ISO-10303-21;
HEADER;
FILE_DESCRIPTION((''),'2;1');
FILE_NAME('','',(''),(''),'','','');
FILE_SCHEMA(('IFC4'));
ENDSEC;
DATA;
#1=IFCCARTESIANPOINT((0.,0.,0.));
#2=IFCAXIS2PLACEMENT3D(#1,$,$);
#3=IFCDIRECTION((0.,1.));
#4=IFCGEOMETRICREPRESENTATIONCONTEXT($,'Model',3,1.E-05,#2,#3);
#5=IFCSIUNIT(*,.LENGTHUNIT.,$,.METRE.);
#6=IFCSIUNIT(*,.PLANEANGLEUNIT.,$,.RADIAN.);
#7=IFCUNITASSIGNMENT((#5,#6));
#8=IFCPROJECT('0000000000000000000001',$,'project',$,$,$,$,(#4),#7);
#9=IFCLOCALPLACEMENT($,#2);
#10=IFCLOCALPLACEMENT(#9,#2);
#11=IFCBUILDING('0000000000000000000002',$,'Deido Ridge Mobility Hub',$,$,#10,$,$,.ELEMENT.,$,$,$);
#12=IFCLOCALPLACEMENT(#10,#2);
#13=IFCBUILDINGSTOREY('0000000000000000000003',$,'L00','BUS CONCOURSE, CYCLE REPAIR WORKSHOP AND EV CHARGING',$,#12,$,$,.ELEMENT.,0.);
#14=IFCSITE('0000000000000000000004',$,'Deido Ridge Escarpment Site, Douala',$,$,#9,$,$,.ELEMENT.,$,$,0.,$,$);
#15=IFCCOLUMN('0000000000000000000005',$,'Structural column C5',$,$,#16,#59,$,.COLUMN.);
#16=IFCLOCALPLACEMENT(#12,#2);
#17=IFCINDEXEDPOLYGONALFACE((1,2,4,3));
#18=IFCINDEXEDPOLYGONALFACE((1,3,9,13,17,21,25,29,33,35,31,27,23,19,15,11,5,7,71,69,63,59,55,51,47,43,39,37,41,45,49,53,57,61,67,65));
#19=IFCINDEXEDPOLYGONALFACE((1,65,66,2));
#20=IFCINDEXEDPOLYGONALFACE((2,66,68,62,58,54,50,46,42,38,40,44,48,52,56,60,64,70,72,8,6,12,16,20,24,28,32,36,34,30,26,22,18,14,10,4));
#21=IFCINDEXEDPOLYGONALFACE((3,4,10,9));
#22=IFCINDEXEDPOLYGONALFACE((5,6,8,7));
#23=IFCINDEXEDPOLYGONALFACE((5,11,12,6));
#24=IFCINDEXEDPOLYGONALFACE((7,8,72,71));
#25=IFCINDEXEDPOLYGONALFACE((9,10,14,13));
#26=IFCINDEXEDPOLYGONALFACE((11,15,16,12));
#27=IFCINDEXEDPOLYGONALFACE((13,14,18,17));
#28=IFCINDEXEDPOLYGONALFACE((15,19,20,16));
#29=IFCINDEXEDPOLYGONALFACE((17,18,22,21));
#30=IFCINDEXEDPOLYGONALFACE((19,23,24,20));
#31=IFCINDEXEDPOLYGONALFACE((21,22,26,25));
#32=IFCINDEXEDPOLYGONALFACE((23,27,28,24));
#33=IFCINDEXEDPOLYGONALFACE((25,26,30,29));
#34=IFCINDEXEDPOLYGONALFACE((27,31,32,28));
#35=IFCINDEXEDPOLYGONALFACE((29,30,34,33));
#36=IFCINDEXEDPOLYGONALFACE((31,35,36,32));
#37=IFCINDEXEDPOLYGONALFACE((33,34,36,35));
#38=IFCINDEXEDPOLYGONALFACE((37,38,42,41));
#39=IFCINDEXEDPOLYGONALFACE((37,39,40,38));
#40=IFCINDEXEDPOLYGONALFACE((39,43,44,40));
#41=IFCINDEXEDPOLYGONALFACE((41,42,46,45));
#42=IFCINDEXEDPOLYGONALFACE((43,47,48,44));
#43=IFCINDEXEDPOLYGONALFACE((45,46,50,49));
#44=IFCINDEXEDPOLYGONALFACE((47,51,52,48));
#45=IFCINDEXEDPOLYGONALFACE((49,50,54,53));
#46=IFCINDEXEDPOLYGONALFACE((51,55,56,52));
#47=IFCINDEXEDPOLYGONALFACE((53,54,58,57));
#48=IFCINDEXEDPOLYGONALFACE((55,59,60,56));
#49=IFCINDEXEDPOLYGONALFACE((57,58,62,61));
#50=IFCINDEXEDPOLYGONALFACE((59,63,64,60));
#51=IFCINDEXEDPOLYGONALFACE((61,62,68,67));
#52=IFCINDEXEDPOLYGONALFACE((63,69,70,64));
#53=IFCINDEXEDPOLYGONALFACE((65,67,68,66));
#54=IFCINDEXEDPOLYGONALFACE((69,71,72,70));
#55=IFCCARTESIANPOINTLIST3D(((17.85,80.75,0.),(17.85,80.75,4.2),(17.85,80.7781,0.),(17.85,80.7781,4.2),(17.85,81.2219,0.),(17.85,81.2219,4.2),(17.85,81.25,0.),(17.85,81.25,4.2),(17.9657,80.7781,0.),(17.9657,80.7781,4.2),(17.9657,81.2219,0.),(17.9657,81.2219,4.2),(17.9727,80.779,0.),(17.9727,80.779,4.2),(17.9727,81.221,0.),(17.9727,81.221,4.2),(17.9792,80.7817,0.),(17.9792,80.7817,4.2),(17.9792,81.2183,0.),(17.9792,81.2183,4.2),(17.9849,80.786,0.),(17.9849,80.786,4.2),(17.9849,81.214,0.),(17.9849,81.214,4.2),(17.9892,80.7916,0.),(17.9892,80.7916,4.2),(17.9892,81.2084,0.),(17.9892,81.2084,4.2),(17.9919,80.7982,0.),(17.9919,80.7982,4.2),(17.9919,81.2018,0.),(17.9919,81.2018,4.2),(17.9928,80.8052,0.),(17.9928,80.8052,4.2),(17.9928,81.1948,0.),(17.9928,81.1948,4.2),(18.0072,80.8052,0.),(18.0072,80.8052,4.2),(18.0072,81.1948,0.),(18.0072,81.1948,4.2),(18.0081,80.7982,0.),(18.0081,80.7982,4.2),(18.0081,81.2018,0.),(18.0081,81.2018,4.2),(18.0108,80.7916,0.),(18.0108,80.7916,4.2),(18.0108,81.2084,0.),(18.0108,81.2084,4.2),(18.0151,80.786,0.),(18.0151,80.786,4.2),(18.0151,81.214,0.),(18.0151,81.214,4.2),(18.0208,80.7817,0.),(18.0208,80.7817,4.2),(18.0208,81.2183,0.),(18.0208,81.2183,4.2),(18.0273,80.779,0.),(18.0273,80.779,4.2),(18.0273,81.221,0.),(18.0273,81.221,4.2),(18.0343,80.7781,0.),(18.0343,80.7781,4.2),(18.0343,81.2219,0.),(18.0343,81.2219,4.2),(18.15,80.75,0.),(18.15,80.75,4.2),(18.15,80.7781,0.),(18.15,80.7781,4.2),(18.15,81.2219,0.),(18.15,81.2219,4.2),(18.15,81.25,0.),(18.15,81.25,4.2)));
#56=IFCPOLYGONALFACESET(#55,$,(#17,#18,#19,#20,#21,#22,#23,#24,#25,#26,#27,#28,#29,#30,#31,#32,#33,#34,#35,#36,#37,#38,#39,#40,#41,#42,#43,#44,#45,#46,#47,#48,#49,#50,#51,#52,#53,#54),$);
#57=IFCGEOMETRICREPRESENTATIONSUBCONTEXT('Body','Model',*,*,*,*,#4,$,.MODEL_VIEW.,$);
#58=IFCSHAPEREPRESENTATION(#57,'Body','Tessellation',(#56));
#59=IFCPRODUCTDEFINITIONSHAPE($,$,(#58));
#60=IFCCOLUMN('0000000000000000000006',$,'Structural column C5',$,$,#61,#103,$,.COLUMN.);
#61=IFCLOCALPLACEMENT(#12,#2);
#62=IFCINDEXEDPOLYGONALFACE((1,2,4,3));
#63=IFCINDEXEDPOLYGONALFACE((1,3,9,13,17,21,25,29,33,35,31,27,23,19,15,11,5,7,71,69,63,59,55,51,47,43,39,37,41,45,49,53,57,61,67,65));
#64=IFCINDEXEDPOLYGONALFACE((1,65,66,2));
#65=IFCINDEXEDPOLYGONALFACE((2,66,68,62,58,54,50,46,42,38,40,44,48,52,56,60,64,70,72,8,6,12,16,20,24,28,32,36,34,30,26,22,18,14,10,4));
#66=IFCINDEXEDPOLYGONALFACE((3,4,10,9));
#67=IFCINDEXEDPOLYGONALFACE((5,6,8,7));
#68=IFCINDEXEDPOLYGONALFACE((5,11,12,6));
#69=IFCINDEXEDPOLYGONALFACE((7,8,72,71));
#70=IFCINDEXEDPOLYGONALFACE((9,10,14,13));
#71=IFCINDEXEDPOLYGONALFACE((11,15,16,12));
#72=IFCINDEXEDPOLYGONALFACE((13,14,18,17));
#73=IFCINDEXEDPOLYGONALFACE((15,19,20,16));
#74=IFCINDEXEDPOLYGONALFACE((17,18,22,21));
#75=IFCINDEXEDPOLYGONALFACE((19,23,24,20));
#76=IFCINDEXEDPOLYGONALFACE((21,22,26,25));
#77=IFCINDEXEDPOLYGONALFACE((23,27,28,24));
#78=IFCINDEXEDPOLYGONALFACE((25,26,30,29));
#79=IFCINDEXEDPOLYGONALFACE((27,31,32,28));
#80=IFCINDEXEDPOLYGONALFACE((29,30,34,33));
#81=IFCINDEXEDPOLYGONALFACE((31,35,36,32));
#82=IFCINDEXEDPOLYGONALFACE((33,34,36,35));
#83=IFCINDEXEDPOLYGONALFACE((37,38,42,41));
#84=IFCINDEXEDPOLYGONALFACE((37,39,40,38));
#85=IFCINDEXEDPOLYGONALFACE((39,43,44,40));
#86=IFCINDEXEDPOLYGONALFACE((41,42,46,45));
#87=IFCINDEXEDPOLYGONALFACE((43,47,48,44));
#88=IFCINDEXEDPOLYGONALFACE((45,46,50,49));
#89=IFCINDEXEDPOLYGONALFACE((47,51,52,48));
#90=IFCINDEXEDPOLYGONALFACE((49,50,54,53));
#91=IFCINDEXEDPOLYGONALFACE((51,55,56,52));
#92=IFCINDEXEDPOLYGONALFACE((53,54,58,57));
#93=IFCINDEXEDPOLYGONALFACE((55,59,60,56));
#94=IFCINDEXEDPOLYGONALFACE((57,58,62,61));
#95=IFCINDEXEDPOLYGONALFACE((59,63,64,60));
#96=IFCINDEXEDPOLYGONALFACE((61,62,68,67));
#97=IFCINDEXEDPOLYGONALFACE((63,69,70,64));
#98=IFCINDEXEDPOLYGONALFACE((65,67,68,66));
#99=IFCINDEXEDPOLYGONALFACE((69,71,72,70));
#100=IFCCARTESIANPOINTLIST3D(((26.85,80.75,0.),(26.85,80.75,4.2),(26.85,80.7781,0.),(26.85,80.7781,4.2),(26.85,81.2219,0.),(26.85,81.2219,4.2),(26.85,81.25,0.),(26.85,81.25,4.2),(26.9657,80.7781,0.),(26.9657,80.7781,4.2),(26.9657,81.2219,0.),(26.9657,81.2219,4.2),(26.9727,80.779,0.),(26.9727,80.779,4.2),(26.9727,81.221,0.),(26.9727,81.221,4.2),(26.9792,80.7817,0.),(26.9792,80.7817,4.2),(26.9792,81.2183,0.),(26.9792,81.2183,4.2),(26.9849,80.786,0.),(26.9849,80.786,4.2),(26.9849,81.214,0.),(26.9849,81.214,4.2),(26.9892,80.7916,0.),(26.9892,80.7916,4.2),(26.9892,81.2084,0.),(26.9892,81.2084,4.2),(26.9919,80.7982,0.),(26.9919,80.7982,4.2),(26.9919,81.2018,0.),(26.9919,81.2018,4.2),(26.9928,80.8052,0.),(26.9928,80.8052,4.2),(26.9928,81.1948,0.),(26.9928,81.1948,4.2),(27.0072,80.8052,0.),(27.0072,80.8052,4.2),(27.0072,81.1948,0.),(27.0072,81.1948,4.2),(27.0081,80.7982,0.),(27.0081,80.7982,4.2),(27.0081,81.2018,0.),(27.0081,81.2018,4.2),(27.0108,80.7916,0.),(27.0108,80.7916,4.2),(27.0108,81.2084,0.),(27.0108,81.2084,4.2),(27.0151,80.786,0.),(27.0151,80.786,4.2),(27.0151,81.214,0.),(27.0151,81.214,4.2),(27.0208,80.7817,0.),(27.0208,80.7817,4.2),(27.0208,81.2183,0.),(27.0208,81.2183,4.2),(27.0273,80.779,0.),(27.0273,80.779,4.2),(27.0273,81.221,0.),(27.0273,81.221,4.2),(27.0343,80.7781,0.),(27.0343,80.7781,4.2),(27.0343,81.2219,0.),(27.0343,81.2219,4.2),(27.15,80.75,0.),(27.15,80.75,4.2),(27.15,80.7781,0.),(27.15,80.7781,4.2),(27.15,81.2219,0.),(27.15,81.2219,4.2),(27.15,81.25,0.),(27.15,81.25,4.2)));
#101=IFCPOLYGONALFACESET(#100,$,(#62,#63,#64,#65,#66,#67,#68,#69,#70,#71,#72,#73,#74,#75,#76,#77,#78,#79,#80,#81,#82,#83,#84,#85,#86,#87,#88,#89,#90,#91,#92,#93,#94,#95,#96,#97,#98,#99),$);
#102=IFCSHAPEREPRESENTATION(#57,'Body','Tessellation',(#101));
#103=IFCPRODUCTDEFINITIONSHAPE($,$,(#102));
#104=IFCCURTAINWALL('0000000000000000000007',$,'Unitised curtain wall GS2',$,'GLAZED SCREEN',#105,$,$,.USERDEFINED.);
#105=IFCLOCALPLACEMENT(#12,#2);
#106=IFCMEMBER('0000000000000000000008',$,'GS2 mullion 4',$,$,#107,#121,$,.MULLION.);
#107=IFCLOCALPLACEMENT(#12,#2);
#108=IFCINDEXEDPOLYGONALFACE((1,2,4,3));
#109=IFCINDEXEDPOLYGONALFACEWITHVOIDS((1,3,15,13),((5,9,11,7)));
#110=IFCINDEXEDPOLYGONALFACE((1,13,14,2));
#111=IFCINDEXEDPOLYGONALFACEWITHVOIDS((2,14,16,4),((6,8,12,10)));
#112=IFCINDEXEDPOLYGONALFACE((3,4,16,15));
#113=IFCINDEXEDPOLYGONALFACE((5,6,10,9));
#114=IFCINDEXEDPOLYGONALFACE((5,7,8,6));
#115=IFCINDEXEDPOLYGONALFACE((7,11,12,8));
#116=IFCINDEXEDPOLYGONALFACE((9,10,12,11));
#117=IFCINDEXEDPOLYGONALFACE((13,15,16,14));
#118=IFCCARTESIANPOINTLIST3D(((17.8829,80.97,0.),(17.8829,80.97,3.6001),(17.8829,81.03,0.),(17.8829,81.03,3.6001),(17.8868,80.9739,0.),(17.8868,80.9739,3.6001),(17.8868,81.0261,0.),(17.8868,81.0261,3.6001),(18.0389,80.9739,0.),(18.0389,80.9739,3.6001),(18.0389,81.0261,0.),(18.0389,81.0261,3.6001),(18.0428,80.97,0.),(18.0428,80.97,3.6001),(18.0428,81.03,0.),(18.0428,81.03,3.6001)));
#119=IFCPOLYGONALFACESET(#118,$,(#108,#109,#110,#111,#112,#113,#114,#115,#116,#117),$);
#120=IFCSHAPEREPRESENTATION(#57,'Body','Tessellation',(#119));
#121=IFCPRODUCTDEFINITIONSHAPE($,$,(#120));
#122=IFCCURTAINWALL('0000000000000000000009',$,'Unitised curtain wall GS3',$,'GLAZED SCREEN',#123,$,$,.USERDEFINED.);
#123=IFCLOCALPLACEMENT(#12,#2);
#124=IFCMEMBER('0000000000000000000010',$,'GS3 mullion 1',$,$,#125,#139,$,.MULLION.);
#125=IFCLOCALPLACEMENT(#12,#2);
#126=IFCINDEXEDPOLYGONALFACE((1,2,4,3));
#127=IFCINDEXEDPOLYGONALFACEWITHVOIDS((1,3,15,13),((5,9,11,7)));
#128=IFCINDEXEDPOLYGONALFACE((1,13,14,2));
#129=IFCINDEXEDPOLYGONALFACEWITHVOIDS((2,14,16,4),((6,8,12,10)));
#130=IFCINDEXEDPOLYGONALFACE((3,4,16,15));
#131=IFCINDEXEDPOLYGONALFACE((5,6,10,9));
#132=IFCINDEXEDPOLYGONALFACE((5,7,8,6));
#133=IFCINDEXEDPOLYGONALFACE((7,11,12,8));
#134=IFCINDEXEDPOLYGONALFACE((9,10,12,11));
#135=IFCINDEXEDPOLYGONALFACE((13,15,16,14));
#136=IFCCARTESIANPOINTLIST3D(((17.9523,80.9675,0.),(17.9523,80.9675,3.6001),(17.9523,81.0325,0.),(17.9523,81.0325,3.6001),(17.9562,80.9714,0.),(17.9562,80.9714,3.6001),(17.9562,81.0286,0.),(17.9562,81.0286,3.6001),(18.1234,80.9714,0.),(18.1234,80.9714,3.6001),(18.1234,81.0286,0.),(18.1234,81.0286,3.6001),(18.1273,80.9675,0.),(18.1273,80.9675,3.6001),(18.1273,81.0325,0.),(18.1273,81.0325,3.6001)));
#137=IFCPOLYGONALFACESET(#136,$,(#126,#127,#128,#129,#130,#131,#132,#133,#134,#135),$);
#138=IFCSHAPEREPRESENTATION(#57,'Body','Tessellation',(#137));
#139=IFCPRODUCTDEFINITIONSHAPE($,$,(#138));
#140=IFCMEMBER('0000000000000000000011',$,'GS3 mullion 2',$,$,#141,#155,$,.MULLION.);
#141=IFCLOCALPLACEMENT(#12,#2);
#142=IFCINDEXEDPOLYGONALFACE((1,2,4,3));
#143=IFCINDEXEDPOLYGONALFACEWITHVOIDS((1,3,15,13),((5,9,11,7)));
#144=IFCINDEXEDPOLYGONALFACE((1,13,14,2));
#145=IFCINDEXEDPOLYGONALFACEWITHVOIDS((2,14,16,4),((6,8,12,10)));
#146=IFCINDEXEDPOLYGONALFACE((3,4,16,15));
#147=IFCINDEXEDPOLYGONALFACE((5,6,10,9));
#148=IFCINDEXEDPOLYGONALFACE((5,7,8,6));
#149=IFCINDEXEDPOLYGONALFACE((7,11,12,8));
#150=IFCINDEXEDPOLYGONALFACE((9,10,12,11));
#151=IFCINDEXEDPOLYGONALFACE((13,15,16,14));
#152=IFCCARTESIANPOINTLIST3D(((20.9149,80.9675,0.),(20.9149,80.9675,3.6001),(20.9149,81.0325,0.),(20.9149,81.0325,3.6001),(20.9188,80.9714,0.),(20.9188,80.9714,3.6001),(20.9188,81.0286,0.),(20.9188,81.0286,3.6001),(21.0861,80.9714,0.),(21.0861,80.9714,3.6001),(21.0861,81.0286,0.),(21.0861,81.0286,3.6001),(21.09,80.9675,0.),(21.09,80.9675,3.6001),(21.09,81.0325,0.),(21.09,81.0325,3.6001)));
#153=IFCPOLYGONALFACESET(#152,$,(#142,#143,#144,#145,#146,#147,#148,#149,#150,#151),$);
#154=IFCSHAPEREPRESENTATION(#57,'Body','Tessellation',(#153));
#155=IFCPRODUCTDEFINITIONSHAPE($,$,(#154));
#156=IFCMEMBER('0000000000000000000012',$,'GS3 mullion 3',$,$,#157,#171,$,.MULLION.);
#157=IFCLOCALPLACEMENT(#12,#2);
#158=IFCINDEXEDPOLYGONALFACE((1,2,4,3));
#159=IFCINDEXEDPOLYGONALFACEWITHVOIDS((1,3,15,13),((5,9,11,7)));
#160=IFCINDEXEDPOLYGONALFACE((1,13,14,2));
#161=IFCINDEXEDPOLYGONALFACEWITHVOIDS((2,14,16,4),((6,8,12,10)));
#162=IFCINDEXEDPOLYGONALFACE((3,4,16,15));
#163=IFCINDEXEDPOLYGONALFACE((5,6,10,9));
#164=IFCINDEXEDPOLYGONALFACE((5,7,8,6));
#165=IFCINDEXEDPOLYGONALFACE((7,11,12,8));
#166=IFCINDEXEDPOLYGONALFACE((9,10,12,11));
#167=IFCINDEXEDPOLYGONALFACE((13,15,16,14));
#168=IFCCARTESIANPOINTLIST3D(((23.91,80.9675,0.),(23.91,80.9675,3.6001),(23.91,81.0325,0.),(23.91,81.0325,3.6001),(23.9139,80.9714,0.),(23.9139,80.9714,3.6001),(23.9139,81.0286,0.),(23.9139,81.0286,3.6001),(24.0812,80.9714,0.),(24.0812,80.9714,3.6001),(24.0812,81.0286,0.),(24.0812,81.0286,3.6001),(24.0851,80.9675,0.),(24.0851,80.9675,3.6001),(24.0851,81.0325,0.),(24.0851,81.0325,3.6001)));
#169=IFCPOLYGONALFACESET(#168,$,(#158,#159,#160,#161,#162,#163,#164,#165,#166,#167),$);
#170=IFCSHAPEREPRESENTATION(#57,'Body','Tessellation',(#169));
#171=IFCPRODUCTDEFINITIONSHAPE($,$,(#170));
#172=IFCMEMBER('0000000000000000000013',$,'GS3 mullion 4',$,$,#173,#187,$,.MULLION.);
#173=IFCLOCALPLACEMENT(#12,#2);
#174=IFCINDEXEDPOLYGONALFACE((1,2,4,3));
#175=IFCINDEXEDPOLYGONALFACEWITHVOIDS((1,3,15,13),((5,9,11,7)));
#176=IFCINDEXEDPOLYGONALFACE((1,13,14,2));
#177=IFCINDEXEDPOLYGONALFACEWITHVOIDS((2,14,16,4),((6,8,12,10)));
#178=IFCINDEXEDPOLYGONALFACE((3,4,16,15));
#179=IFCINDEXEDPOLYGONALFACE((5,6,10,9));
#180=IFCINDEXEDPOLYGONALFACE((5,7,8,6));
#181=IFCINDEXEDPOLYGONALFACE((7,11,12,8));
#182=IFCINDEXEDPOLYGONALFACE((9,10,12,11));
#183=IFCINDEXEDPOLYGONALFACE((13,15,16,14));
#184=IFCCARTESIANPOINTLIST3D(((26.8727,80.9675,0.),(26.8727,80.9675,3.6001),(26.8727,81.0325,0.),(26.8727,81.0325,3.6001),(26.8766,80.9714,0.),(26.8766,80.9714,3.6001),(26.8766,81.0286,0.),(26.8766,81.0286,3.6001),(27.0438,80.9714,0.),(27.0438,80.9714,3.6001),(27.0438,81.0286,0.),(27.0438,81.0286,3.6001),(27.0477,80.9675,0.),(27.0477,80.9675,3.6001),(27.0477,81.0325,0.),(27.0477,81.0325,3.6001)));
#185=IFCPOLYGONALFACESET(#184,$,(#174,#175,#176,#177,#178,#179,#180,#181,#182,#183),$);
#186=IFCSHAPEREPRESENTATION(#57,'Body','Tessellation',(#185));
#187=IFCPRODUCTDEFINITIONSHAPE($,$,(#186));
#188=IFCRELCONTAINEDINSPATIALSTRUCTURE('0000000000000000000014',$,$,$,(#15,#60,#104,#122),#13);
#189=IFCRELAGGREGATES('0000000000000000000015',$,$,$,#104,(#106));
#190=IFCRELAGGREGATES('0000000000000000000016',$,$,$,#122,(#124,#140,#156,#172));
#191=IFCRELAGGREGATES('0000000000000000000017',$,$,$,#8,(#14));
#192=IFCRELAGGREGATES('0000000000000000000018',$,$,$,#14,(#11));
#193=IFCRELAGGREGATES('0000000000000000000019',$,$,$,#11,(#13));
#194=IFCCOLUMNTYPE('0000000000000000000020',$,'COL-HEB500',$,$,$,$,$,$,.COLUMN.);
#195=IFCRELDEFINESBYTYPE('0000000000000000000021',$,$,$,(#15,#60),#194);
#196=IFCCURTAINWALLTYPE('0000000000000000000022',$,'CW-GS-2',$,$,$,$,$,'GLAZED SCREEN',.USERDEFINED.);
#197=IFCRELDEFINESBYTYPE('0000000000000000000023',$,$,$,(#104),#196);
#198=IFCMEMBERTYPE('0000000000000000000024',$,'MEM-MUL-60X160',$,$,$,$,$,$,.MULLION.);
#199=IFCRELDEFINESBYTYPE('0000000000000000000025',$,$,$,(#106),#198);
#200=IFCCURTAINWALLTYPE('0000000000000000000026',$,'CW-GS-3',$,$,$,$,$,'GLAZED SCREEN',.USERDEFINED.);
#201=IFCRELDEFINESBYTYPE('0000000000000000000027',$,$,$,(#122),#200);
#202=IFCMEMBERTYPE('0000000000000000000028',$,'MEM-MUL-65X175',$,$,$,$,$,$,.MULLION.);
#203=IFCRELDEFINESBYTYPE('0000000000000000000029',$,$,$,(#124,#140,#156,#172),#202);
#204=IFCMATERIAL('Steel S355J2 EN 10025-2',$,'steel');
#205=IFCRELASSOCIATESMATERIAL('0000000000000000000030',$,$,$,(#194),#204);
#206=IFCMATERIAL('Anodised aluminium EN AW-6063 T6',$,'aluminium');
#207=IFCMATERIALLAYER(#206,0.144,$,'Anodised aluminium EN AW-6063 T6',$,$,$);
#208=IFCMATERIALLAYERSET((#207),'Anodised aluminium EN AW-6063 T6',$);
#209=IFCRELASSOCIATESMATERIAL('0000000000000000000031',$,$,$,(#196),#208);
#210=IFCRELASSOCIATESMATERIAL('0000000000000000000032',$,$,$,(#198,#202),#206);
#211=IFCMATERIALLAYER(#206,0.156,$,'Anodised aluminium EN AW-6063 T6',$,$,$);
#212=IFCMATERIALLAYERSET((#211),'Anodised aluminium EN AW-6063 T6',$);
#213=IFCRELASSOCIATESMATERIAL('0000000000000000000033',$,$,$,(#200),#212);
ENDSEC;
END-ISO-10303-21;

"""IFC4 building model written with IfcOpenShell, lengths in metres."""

from ifc_helpers import new_model, si_unit, direction, frame, origin, origin_2d, place, context, subcontext, project, spatial, hollow_rectangle, i_section, extrude, material, layer, layer_set, material_profile, profile_set, type_object, element, aggregate, save


model = new_model("IFC4")

# Units and contexts
model_context = context("Model", 3, precision=1e-05, world=origin(), true_north=direction((0.0, 1.0)))
body_context = subcontext(model_context, "Body", "Model", "MODEL_VIEW")
ifc_project = project(units=[si_unit("LENGTHUNIT", "METRE"), si_unit("PLANEANGLEUNIT", "RADIAN")], contexts=[model_context])

# Site, building, storey
site_placement = place(None, origin())
site = spatial("IfcSite", under=ifc_project, at=site_placement, Name="Deido Ridge Escarpment Site, Douala", CompositionType="ELEMENT", RefElevation=0.0)
building_placement = place(site_placement, origin())
building = spatial("IfcBuilding", under=site, at=building_placement, Name="Deido Ridge Mobility Hub", CompositionType="ELEMENT")
storey_placement = place(building_placement, origin())
storey = spatial("IfcBuildingStorey", under=building, at=storey_placement, Name="L00", Description="BUS CONCOURSE, CYCLE REPAIR WORKSHOP AND EV CHARGING", CompositionType="ELEMENT", Elevation=0.0)

# Columns
ifc_material_1 = material(Name="Steel S355J2 EN 10025-2", Category="steel")
ifc_material_profile_1 = material_profile(ifc_material_1, i_section(OverallWidth=0.3, OverallDepth=0.5, WebThickness=0.0144, FlangeThickness=0.0281, FilletRadius=0.0271, at=origin_2d()), Name="HEB 500")
ifc_profile_set_1 = profile_set([ifc_material_profile_1], Name="Steel S355J2 EN 10025-2")
column_type = type_object("IfcColumnType", Name="COL-HEB500", PredefinedType="COLUMN", material=ifc_profile_set_1)
for number, where, z_axis, x_axis, name in (
    (1, (18.0, 81.0, 0.0), (0.0, 0.0, 1.0), (1.0, 0.0, 0.0), "Structural column C5"),
    (2, (27.0, 81.0, 0.0), (0.0, 0.0, 1.0), (1.0, 0.0, 0.0), "Structural column C5"),
):
    element("IfcColumn", number, at=place(storey_placement, frame(where, z_axis=z_axis, x_axis=x_axis)), inside=storey, type_object=column_type, Name=name, PredefinedType="COLUMN", context=body_context, shape_type="SweptSolid", body=[
        extrude(i_section(OverallWidth=0.3, OverallDepth=0.5, WebThickness=0.0144, FlangeThickness=0.0281, FilletRadius=0.0271, at=origin_2d()), origin(), (0.0, 0.0, 1.0), 4.2),
    ])

# Curtain wall, member
ifc_material_2 = material(Name="Anodised aluminium EN AW-6063 T6", Category="aluminium")
ifc_layer_1 = layer(ifc_material_2, 0.144, Name="Anodised aluminium EN AW-6063 T6")
ifc_layer_set_1 = layer_set([ifc_layer_1], Name="Anodised aluminium EN AW-6063 T6")
curtain_wall_type_1 = type_object("IfcCurtainWallType", Name="CW-GS-2", ElementType="GLAZED SCREEN", PredefinedType="USERDEFINED", material=ifc_layer_set_1)
curtain_wall_1_placement = place(storey_placement, origin())
curtain_wall_1 = element("IfcCurtainWall", 3, at=curtain_wall_1_placement, inside=storey, type_object=curtain_wall_type_1, Name="Unitised curtain wall GS2", ObjectType="GLAZED SCREEN", PredefinedType="USERDEFINED")
ifc_material_profile_2 = material_profile(ifc_material_2, hollow_rectangle(XDim=0.0601, YDim=0.1599, WallThickness=0.0039, at=origin_2d()), Name="RHS 60x160x4")
ifc_profile_set_2 = profile_set([ifc_material_profile_2], Name="Anodised aluminium EN AW-6063 T6")
member_type_1 = type_object("IfcMemberType", Name="MEM-MUL-60X160", PredefinedType="MULLION", material=ifc_profile_set_2)
member_1_placement = place(storey_placement, frame((17.9629, 81.0, 0.0), z_axis=(0.0, 0.0, 1.0), x_axis=(0.0, 1.0, 0.0)))
member_1 = element("IfcMember", 4, at=member_1_placement, type_object=member_type_1, Name="GS2 mullion 4", PredefinedType="MULLION", context=body_context, shape_type="SweptSolid", body=[
    extrude(hollow_rectangle(XDim=0.0601, YDim=0.1599, WallThickness=0.0039, at=origin_2d()), origin(), (0.0, 0.0, 1.0), 3.6001),
])
aggregate(curtain_wall_1, [member_1])

# Curtain wall, members
ifc_layer_2 = layer(ifc_material_2, 0.156, Name="Anodised aluminium EN AW-6063 T6")
ifc_layer_set_2 = layer_set([ifc_layer_2], Name="Anodised aluminium EN AW-6063 T6")
curtain_wall_type_2 = type_object("IfcCurtainWallType", Name="CW-GS-3", ElementType="GLAZED SCREEN", PredefinedType="USERDEFINED", material=ifc_layer_set_2)
curtain_wall_2_placement = place(storey_placement, origin())
curtain_wall_2 = element("IfcCurtainWall", 5, at=curtain_wall_2_placement, inside=storey, type_object=curtain_wall_type_2, Name="Unitised curtain wall GS3", ObjectType="GLAZED SCREEN", PredefinedType="USERDEFINED")
ifc_material_profile_3 = material_profile(ifc_material_2, hollow_rectangle(XDim=0.0649, YDim=0.175, WallThickness=0.0039, at=origin_2d()), Name="RHS 65x175x4")
ifc_profile_set_3 = profile_set([ifc_material_profile_3], Name="Anodised aluminium EN AW-6063 T6")
member_type_2 = type_object("IfcMemberType", Name="MEM-MUL-65X175", PredefinedType="MULLION", material=ifc_profile_set_3)
member_2_placement = place(storey_placement, frame((18.0398, 81.0, 0.0), z_axis=(0.0, 0.0, 1.0), x_axis=(0.0, 1.0, 0.0)))
member_2 = element("IfcMember", 6, at=member_2_placement, type_object=member_type_2, Name="GS3 mullion 1", PredefinedType="MULLION", context=body_context, shape_type="SweptSolid", body=[
    extrude(hollow_rectangle(XDim=0.0649, YDim=0.175, WallThickness=0.0039, at=origin_2d()), origin(), (0.0, 0.0, 1.0), 3.6001),
])
member_3_placement = place(storey_placement, frame((21.0024, 81.0, 0.0), z_axis=(0.0, 0.0, 1.0), x_axis=(0.0, 1.0, 0.0)))
member_3 = element("IfcMember", 7, at=member_3_placement, type_object=member_type_2, Name="GS3 mullion 2", PredefinedType="MULLION", context=body_context, shape_type="SweptSolid", body=[
    extrude(hollow_rectangle(XDim=0.0649, YDim=0.175, WallThickness=0.0039, at=origin_2d()), origin(), (0.0, 0.0, 1.0), 3.6001),
])
member_4_placement = place(storey_placement, frame((23.9976, 81.0, 0.0), z_axis=(0.0, 0.0, 1.0), x_axis=(0.0, 1.0, 0.0)))
member_4 = element("IfcMember", 8, at=member_4_placement, type_object=member_type_2, Name="GS3 mullion 3", PredefinedType="MULLION", context=body_context, shape_type="SweptSolid", body=[
    extrude(hollow_rectangle(XDim=0.0649, YDim=0.175, WallThickness=0.0039, at=origin_2d()), origin(), (0.0, 0.0, 1.0), 3.6001),
])
member_5_placement = place(storey_placement, frame((26.9602, 81.0, 0.0), z_axis=(0.0, 0.0, 1.0), x_axis=(0.0, 1.0, 0.0)))
member_5 = element("IfcMember", 9, at=member_5_placement, type_object=member_type_2, Name="GS3 mullion 4", PredefinedType="MULLION", context=body_context, shape_type="SweptSolid", body=[
    extrude(hollow_rectangle(XDim=0.0649, YDim=0.175, WallThickness=0.0039, at=origin_2d()), origin(), (0.0, 0.0, 1.0), 3.6001),
])

aggregate(curtain_wall_2, [member_2, member_3, member_4, member_5])

save(model, "model.ifc")
